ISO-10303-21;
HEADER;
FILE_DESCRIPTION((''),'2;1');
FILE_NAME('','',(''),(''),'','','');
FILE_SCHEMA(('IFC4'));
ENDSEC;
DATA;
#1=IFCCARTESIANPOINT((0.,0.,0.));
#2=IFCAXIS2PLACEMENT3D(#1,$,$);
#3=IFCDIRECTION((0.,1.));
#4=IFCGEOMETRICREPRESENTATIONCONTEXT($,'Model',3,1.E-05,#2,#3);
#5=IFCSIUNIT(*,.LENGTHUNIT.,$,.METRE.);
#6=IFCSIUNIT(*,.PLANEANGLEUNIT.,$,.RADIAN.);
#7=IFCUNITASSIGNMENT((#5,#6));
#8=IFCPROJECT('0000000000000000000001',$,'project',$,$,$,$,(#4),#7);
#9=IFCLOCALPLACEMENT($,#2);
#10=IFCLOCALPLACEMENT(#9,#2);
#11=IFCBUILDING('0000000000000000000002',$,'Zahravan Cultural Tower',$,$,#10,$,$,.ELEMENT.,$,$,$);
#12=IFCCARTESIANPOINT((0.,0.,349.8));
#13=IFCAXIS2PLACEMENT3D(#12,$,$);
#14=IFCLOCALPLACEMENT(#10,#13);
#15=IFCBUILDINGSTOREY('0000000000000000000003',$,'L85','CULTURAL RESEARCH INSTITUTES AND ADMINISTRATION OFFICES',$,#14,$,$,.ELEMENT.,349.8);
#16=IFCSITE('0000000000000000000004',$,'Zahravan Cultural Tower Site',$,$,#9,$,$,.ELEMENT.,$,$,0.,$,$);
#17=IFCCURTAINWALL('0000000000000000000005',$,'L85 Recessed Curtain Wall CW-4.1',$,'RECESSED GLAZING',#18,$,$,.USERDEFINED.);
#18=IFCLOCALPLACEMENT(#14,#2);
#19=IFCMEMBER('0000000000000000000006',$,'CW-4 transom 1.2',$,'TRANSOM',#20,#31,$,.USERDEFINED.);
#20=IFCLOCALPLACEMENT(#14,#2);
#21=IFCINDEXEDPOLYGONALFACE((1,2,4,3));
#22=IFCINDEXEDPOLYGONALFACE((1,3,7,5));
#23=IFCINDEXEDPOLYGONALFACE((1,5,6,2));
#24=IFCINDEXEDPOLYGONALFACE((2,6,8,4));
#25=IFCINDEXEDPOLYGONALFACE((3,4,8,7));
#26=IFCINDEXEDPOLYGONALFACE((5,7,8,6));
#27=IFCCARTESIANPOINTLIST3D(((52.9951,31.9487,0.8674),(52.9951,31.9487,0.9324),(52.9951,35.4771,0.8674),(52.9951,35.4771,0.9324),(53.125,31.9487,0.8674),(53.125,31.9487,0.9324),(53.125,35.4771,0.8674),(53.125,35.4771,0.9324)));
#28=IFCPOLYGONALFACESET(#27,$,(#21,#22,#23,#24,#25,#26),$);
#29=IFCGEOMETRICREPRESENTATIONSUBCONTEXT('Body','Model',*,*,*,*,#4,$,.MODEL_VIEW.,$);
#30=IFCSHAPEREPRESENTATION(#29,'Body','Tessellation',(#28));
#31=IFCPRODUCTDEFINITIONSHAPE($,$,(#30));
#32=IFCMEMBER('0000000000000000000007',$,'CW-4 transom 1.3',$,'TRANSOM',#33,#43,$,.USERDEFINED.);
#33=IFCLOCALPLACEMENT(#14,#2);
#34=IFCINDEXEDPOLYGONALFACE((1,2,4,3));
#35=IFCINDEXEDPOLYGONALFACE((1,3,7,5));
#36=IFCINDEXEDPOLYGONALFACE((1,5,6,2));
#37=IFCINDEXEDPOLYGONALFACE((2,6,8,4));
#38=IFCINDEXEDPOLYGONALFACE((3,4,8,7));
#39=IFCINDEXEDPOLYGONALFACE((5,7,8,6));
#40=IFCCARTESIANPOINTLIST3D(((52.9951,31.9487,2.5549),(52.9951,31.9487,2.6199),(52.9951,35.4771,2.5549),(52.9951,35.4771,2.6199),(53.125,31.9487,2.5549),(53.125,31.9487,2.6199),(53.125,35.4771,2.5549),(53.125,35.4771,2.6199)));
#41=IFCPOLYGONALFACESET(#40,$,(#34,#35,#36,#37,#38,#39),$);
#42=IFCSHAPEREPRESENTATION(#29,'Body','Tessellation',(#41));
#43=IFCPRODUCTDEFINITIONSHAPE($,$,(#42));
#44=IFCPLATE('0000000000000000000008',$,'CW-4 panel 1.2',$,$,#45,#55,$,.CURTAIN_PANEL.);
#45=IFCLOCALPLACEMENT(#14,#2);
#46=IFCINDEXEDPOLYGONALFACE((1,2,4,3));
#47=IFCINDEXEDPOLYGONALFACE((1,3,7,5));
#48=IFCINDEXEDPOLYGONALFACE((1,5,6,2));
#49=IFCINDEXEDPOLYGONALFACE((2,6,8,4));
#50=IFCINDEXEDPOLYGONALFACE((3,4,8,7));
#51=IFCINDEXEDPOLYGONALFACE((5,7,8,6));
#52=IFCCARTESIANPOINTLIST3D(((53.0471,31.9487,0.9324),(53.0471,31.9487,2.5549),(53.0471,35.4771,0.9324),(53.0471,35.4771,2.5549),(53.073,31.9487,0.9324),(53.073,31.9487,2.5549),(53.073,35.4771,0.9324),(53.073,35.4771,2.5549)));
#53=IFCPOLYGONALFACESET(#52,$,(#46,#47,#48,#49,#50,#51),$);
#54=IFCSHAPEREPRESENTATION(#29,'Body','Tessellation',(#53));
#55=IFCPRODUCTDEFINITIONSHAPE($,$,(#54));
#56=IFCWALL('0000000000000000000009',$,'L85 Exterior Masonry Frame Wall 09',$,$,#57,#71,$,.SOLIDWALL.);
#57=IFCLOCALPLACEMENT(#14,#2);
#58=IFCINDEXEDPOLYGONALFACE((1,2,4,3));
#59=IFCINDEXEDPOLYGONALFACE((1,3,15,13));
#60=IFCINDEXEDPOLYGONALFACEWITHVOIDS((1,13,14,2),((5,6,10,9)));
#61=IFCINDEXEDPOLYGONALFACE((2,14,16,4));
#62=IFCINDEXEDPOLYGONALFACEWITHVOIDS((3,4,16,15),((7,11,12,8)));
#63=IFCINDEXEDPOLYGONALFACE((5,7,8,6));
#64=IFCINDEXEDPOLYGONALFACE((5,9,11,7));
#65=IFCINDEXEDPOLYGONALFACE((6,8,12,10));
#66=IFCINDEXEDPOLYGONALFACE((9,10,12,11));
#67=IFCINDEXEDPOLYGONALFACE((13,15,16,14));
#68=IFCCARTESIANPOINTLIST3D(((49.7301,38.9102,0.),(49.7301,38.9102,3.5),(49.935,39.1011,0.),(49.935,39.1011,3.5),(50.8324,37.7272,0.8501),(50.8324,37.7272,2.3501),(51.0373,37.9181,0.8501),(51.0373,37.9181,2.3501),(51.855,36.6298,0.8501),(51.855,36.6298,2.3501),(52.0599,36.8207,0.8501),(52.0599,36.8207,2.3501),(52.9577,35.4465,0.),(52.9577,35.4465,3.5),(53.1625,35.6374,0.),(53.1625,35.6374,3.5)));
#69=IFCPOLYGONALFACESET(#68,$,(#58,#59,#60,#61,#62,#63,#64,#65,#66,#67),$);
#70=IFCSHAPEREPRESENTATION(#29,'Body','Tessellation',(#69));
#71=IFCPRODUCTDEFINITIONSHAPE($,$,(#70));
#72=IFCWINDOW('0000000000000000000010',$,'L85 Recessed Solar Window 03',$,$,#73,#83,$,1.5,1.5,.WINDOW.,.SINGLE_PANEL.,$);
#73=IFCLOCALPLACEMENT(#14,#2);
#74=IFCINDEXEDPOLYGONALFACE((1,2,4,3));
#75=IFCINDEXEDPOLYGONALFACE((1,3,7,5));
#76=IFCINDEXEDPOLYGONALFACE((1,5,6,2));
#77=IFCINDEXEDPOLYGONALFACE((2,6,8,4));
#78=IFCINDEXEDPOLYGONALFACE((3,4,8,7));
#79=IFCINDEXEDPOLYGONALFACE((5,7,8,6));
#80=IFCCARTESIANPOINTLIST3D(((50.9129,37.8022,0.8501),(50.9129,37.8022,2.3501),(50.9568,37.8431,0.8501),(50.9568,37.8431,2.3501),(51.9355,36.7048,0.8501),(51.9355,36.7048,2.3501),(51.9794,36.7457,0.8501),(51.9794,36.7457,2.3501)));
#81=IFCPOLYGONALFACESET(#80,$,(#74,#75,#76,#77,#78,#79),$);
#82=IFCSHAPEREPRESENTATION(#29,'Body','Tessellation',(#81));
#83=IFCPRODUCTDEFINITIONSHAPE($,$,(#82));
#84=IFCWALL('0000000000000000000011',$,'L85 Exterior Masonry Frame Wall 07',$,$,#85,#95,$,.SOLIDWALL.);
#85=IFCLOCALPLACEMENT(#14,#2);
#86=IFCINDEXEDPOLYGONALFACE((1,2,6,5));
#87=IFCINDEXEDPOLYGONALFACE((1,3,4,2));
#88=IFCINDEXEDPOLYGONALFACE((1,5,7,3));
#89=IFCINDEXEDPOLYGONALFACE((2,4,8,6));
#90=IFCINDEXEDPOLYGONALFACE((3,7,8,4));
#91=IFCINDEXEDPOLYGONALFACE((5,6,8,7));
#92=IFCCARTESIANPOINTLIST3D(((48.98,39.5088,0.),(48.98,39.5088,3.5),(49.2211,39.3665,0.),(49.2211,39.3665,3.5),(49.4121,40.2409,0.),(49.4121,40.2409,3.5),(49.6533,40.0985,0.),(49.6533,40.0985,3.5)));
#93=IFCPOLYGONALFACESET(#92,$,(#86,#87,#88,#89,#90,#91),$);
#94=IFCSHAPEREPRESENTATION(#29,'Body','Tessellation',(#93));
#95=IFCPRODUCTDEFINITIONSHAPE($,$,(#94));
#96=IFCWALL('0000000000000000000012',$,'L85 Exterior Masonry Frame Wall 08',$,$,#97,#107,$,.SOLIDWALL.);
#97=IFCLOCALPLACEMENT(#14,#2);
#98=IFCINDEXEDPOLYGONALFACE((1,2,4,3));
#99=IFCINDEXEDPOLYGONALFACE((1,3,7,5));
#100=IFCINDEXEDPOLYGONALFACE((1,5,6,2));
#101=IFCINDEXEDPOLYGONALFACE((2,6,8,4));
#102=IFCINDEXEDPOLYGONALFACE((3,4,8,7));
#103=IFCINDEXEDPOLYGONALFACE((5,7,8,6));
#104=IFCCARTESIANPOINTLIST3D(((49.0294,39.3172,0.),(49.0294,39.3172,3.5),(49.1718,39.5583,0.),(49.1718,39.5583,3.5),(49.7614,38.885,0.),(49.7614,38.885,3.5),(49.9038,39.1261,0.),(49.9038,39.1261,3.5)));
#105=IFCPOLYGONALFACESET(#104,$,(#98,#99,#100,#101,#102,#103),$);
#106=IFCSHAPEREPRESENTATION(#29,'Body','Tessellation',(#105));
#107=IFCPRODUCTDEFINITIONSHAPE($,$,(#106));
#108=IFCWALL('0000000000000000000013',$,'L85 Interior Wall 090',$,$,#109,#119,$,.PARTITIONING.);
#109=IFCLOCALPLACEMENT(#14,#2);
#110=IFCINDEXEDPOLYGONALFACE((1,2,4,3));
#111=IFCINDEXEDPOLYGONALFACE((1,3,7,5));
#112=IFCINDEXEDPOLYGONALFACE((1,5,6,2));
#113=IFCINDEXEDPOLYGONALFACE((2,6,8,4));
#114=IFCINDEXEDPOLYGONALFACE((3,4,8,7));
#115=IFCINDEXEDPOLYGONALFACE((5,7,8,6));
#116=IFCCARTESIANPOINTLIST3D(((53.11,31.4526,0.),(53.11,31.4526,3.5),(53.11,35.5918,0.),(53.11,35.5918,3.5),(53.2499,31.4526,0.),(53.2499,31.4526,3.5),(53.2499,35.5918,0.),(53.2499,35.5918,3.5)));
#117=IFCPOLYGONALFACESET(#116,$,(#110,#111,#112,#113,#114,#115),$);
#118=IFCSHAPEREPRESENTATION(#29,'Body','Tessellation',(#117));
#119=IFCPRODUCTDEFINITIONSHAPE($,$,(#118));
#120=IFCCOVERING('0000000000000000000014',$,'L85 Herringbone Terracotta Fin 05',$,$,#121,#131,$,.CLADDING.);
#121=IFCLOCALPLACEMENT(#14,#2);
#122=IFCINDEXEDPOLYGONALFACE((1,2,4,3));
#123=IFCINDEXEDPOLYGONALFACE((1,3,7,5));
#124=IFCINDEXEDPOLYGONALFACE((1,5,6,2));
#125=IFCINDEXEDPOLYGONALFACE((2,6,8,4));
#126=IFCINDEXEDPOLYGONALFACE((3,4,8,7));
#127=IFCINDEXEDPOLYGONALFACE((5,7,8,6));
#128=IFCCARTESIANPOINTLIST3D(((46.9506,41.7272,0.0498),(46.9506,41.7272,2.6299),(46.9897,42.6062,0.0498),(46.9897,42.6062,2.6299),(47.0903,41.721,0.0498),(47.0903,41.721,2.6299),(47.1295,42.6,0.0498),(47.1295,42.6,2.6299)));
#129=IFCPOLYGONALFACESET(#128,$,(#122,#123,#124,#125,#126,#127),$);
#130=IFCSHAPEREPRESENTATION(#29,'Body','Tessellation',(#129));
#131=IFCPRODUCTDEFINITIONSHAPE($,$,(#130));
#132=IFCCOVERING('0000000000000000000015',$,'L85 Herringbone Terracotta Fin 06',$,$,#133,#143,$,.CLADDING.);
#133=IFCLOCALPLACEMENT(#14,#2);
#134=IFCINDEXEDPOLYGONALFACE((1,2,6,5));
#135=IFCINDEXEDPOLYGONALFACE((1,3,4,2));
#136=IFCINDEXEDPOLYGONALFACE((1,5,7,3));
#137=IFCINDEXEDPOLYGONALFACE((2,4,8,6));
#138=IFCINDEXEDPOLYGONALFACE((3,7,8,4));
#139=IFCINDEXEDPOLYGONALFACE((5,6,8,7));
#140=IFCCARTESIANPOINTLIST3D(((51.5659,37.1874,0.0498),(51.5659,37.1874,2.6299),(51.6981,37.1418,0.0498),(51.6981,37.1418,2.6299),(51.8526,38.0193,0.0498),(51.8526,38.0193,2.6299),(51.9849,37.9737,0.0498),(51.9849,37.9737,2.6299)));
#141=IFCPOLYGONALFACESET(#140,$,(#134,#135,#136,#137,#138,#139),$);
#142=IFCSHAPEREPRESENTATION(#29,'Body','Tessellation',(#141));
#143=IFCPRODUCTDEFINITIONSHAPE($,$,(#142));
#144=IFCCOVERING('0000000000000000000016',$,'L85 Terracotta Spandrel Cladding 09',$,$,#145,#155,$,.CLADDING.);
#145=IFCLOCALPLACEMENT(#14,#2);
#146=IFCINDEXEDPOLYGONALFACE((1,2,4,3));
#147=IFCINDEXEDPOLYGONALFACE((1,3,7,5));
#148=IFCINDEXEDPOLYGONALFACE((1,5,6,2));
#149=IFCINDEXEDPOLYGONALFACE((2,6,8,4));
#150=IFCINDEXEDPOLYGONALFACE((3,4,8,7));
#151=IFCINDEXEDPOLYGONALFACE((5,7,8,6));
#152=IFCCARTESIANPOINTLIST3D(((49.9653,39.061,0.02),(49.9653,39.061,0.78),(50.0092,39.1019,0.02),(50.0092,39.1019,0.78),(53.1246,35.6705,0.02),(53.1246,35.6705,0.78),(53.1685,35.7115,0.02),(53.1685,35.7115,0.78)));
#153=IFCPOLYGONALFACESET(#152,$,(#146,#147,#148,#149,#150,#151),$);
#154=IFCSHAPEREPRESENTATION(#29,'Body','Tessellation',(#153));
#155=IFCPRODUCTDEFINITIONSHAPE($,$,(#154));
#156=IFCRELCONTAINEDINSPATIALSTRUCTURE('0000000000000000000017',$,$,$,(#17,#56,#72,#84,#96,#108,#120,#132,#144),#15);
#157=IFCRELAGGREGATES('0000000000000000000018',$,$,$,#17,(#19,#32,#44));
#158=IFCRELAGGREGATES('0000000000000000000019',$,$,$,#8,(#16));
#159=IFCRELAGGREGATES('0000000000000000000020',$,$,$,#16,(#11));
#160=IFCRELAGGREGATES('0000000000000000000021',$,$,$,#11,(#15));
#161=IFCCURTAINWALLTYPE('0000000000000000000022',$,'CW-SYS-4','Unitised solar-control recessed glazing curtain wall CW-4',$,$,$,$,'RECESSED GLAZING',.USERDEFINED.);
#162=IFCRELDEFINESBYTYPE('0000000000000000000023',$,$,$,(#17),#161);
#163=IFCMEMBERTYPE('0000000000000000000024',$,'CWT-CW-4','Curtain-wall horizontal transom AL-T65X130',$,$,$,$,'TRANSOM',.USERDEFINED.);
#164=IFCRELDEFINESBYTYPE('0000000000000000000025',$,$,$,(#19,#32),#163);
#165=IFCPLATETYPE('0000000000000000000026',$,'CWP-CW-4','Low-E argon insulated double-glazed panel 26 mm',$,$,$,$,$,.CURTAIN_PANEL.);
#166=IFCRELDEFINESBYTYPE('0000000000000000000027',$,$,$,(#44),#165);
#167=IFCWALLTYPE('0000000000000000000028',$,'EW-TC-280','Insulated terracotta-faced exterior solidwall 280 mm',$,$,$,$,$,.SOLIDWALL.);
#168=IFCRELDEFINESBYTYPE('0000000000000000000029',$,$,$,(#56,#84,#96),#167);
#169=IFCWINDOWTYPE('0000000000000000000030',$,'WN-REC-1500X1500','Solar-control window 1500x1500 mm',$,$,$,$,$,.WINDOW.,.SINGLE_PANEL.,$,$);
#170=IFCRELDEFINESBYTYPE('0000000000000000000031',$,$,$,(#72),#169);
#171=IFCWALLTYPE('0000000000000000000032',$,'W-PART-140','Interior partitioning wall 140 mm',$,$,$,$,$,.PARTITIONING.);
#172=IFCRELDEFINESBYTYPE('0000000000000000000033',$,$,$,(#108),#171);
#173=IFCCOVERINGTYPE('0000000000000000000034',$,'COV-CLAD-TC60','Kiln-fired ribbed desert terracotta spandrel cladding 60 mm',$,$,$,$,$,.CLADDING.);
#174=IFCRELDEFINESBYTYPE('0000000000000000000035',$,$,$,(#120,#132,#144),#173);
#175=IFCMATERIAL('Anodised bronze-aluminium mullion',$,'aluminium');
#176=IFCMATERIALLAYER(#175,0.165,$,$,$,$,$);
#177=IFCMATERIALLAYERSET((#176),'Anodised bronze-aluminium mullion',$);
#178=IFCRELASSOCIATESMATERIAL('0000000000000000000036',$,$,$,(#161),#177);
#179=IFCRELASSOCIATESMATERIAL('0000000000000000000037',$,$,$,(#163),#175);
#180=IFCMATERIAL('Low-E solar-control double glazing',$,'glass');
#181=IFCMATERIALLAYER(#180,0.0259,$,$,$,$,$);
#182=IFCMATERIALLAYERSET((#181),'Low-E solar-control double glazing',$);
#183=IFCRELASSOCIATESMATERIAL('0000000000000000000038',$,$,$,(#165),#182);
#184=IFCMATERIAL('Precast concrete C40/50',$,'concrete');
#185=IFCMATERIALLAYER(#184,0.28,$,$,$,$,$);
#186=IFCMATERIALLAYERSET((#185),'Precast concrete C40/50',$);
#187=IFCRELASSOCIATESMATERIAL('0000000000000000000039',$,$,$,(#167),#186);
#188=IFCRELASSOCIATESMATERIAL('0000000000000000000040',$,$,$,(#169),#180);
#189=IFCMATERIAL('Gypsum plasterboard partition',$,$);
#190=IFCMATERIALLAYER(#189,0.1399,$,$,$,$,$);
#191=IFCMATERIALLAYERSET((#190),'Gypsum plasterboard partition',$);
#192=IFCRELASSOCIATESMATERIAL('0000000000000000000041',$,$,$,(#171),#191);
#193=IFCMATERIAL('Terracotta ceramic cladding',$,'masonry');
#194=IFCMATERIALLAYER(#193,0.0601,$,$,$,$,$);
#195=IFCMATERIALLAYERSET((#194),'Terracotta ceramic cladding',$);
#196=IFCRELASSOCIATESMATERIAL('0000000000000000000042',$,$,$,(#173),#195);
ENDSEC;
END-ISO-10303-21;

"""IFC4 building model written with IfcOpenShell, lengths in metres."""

from ifc_helpers import new_model, si_unit, direction, frame, frame_2d, origin, origin_2d, place, context, subcontext, project, spatial, rectangle, extrude, source, transform, mapped, material, layer, layer_set, material_profile, profile_set, type_object, element, fill, aggregate, save


model = new_model("IFC4")

# Units and contexts
model_context = context("Model", 3, precision=1e-05, world=origin(), true_north=direction((0.0, 1.0)))
body_context = subcontext(model_context, "Body", "Model", "MODEL_VIEW")
ifc_project = project(units=[si_unit("LENGTHUNIT", "METRE"), si_unit("PLANEANGLEUNIT", "RADIAN")], contexts=[model_context])

# Site, building, storey
site_placement = place(None, origin())
site = spatial("IfcSite", under=ifc_project, at=site_placement, Name="Zahravan Cultural Tower Site", CompositionType="ELEMENT", RefElevation=0.0)
building_placement = place(site_placement, origin())
building = spatial("IfcBuilding", under=site, at=building_placement, Name="Zahravan Cultural Tower", CompositionType="ELEMENT")
storey_placement = place(building_placement, frame((0.0, 0.0, 349.8)))
storey = spatial("IfcBuildingStorey", under=building, at=storey_placement, Name="L85", Description="CULTURAL RESEARCH INSTITUTES AND ADMINISTRATION OFFICES", CompositionType="ELEMENT", Elevation=349.8)

# Curtain wall, members, plate
ifc_material_1 = material(Name="Anodised bronze-aluminium mullion", Category="aluminium")
ifc_layer_1 = layer(ifc_material_1, 0.165)
ifc_layer_set_1 = layer_set([ifc_layer_1], Name="Anodised bronze-aluminium mullion")
curtain_wall_type = type_object("IfcCurtainWallType", Name="CW-SYS-4", Description="Unitised solar-control recessed glazing curtain wall CW-4", ElementType="RECESSED GLAZING", PredefinedType="USERDEFINED", material=ifc_layer_set_1)
curtain_wall_placement = place(storey_placement, origin())
curtain_wall = element("IfcCurtainWall", 1, at=curtain_wall_placement, inside=storey, type_object=curtain_wall_type, Name="L85 Recessed Curtain Wall CW-4.1", ObjectType="RECESSED GLAZING", PredefinedType="USERDEFINED")
ifc_material_profile_1 = material_profile(ifc_material_1, rectangle(XDim=0.1299, YDim=0.0649, at=origin_2d()), Name="AL-T65X130")
ifc_profile_set_1 = profile_set([ifc_material_profile_1], Name="Anodised bronze-aluminium mullion")
member_type_1 = type_object("IfcMemberType", Name="CWT-CW-4", Description="Curtain-wall horizontal transom AL-T65X130", ElementType="TRANSOM", PredefinedType="USERDEFINED", material=ifc_profile_set_1)
shared_shape_1 = source(origin(), body_context, "Body", "SweptSolid", [
    extrude(rectangle(XDim=0.1299, YDim=0.0649, at=origin_2d()), origin(), (0.0, 0.0, 1.0), 3.5283),
])
member_1_placement = place(storey_placement, frame((53.0601, 35.4771, 0.8999), z_axis=(0.0, -1.0, 0.0), x_axis=(1.0, 0.0, 0.0)))
member_1 = element("IfcMember", 2, at=member_1_placement, type_object=member_type_1, Name="CW-4 transom 1.2", ObjectType="TRANSOM", PredefinedType="USERDEFINED", context=body_context, shape_type="MappedRepresentation", body=[
    mapped(shared_shape_1, transform((0.0, 0.0, 0.0), x_axis=(1.0, 0.0, 0.0), y_axis=(0.0, 1.0, 0.0), z_axis=(0.0, 0.0, 1.0), scale=1.0)),
])
member_2_placement = place(storey_placement, frame((53.0601, 35.4771, 2.5874), z_axis=(0.0, -1.0, 0.0), x_axis=(1.0, 0.0, 0.0)))
member_2 = element("IfcMember", 3, at=member_2_placement, type_object=member_type_1, Name="CW-4 transom 1.3", ObjectType="TRANSOM", PredefinedType="USERDEFINED", context=body_context, shape_type="MappedRepresentation", body=[
    mapped(shared_shape_1, transform((0.0, 0.0, 0.0), x_axis=(1.0, 0.0, 0.0), y_axis=(0.0, 1.0, 0.0), z_axis=(0.0, 0.0, 1.0), scale=1.0)),
])
ifc_material_2 = material(Name="Low-E solar-control double glazing", Category="glass")
ifc_layer_2 = layer(ifc_material_2, 0.0259)
ifc_layer_set_2 = layer_set([ifc_layer_2], Name="Low-E solar-control double glazing")
plate_type = type_object("IfcPlateType", Name="CWP-CW-4", Description="Low-E argon insulated double-glazed panel 26 mm", PredefinedType="CURTAIN_PANEL", material=ifc_layer_set_2)
shared_shape_2 = source(origin(), body_context, "Body", "SweptSolid", [
    extrude(rectangle(XDim=3.5283, YDim=0.0259, at=origin_2d()), origin(), (0.0, 0.0, 1.0), 1.6226),
])
plate_placement = place(storey_placement, frame((53.0601, 33.7129, 0.9324), z_axis=(0.0, 0.0, 1.0), x_axis=(0.0, -1.0, 0.0)))
plate = element("IfcPlate", 4, at=plate_placement, type_object=plate_type, Name="CW-4 panel 1.2", PredefinedType="CURTAIN_PANEL", context=body_context, shape_type="MappedRepresentation", body=[
    mapped(shared_shape_2, transform((0.0, 0.0, 0.0), x_axis=(1.0, 0.0, 0.0), y_axis=(0.0, 1.0, 0.0), z_axis=(0.0, 0.0, 1.0), scale=1.0)),
])
aggregate(curtain_wall, [member_1, member_2, plate])

# Wall, opening, window
ifc_material_3 = material(Name="Precast concrete C40/50", Category="concrete")
ifc_layer_3 = layer(ifc_material_3, 0.28)
ifc_layer_set_3 = layer_set([ifc_layer_3], Name="Precast concrete C40/50")
wall_type_1 = type_object("IfcWallType", Name="EW-TC-280", Description="Insulated terracotta-faced exterior solidwall 280 mm", PredefinedType="SOLIDWALL", material=ifc_layer_set_3)
wall_1_placement = place(storey_placement, frame((49.8325, 39.0056, 0.0), z_axis=(0.0, 0.0, 1.0), x_axis=(0.681734, -0.7316, 0.0)))
wall_1 = element("IfcWall", 5, at=wall_1_placement, inside=storey, type_object=wall_type_1, Name="L85 Exterior Masonry Frame Wall 09", PredefinedType="SOLIDWALL", context=body_context, shape_type="SweptSolid", body=[
    extrude(rectangle(XDim=4.7344, YDim=0.28, at=frame_2d((2.3672, 0.0))), origin(), (0.0, 0.0, 1.0), 3.5),
])
opening_placement = place(wall_1_placement, frame((1.6169, 0.0, 0.8501)))
opening = element("IfcOpeningElement", 6, at=opening_placement, cuts=wall_1, PredefinedType="OPENING", context=body_context, shape_type="SweptSolid", body=[
    extrude(rectangle(XDim=1.5, YDim=1.5, at=frame_2d((0.75, 0.75))), frame((0.0, 0.1499, 0.0), z_axis=(0.0, -1.0, 0.0), x_axis=(1.0, 0.0, 0.0)), (0.0, 0.0, 1.0), 0.3),
])
window_type = type_object("IfcWindowType", Name="WN-REC-1500X1500", Description="Solar-control window 1500x1500 mm", PartitioningType="SINGLE_PANEL", PredefinedType="WINDOW", material=ifc_material_2)
shared_shape_3 = source(origin(), body_context, "Body", "SweptSolid", [
    extrude(rectangle(XDim=1.5, YDim=1.5, at=frame_2d((0.75, 0.75))), frame((0.0, 0.03, 0.0), z_axis=(0.0, -1.0, 0.0), x_axis=(1.0, 0.0, 0.0)), (0.0, 0.0, 1.0), 0.0601),
])
window_placement = place(opening_placement, origin())
window = element("IfcWindow", 7, at=window_placement, inside=storey, type_object=window_type, Name="L85 Recessed Solar Window 03", OverallHeight=1.5, OverallWidth=1.5, PartitioningType="SINGLE_PANEL", PredefinedType="WINDOW", context=body_context, shape_type="MappedRepresentation", body=[
    mapped(shared_shape_3, transform((0.0, 0.0, 0.0), x_axis=(1.0, 0.0, 0.0), y_axis=(0.0, 1.0, 0.0), z_axis=(0.0, 0.0, 1.0), scale=1.0)),
])
fill(opening, window)

# Walls
shared_shape_4 = source(origin(), body_context, "Body", "SweptSolid", [
    extrude(rectangle(XDim=0.8501, YDim=0.28, at=frame_2d((0.425, 0.0))), origin(), (0.0, 0.0, 1.0), 3.5),
])
for number, where, z_axis, x_axis, name in (
    (8, (49.5327, 40.1697, 0.0), (0.0, 0.0, 1.0), (-0.5084, -0.861121, 0.0), "L85 Exterior Masonry Frame Wall 07"),
    (9, (49.1006, 39.4377, 0.0), (0.0, 0.0, 1.0), (0.861121, -0.5084, 0.0), "L85 Exterior Masonry Frame Wall 08"),
):
    element("IfcWall", number, at=place(storey_placement, frame(where, z_axis=z_axis, x_axis=x_axis)), inside=storey, type_object=wall_type_1, Name=name, PredefinedType="SOLIDWALL", context=body_context, shape_type="MappedRepresentation", body=[
        mapped(shared_shape_4, transform((0.0, 0.0, 0.0), x_axis=(1.0, 0.0, 0.0), y_axis=(0.0, 1.0, 0.0), z_axis=(0.0, 0.0, 1.0), scale=1.0)),
    ])
ifc_material_4 = material(Name="Gypsum plasterboard partition")
ifc_layer_4 = layer(ifc_material_4, 0.1399)
ifc_layer_set_4 = layer_set([ifc_layer_4], Name="Gypsum plasterboard partition")
wall_type_2 = type_object("IfcWallType", Name="W-PART-140", Description="Interior partitioning wall 140 mm", PredefinedType="PARTITIONING", material=ifc_layer_set_4)
shared_shape_5 = source(origin(), body_context, "Body", "SweptSolid", [
    extrude(rectangle(XDim=4.1392, YDim=0.1399, at=frame_2d((2.0696, 0.0))), origin(), (0.0, 0.0, 1.0), 3.5),
])
wall_2_placement = place(storey_placement, frame((53.1799, 35.5918, 0.0), z_axis=(0.0, 0.0, 1.0), x_axis=(0.0, -1.0, 0.0)))
element("IfcWall", 10, at=wall_2_placement, inside=storey, type_object=wall_type_2, Name="L85 Interior Wall 090", PredefinedType="PARTITIONING", context=body_context, shape_type="MappedRepresentation", body=[
    mapped(shared_shape_5, transform((0.0, 0.0, 0.0), x_axis=(1.0, 0.0, 0.0), y_axis=(0.0, 1.0, 0.0), z_axis=(0.0, 0.0, 1.0), scale=1.0)),
])

# Coverings
ifc_material_5 = material(Name="Terracotta ceramic cladding", Category="masonry")
ifc_layer_5 = layer(ifc_material_5, 0.0601)
ifc_layer_set_5 = layer_set([ifc_layer_5], Name="Terracotta ceramic cladding")
covering_type = type_object("IfcCoveringType", Name="COV-CLAD-TC60", Description="Kiln-fired ribbed desert terracotta spandrel cladding 60 mm", PredefinedType="CLADDING", material=ifc_layer_set_5)
shared_shape_6 = source(origin(), body_context, "Body", "SweptSolid", [
    extrude(rectangle(XDim=0.8799, YDim=0.1399, at=origin_2d()), origin(), (0.0, 0.0, 1.0), 2.5801),
])
for number, where, z_axis, x_axis, name in (
    (11, (47.04, 42.1636, 0.0498), (0.0, 0.0, 1.0), (0.044491, 0.99901, 0.0), "L85 Herringbone Terracotta Fin 05"),
    (12, (51.7754, 37.5806, 0.0498), (0.0, 0.0, 1.0), (0.325915, 0.945399, 0.0), "L85 Herringbone Terracotta Fin 06"),
):
    element("IfcCovering", number, at=place(storey_placement, frame(where, z_axis=z_axis, x_axis=x_axis)), inside=storey, type_object=covering_type, Name=name, PredefinedType="CLADDING", context=body_context, shape_type="MappedRepresentation", body=[
        mapped(shared_shape_6, transform((0.0, 0.0, 0.0), x_axis=(1.0, 0.0, 0.0), y_axis=(0.0, 1.0, 0.0), z_axis=(0.0, 0.0, 1.0), scale=1.0)),
    ])
shared_shape_7 = source(origin(), body_context, "Body", "SweptSolid", [
    extrude(rectangle(XDim=4.6343, YDim=0.0601, at=origin_2d()), origin(), (0.0, 0.0, 1.0), 0.76),
])
covering_placement = place(storey_placement, frame((51.5669, 37.3862, 0.02), z_axis=(0.0, 0.0, 1.0), x_axis=(0.68173, -0.731604, 0.0)))
element("IfcCovering", 13, at=covering_placement, inside=storey, type_object=covering_type, Name="L85 Terracotta Spandrel Cladding 09", PredefinedType="CLADDING", context=body_context, shape_type="MappedRepresentation", body=[
    mapped(shared_shape_7, transform((0.0, 0.0, 0.0), x_axis=(1.0, 0.0, 0.0), y_axis=(0.0, 1.0, 0.0), z_axis=(0.0, 0.0, 1.0), scale=1.0)),
])

save(model, "model.ifc")
